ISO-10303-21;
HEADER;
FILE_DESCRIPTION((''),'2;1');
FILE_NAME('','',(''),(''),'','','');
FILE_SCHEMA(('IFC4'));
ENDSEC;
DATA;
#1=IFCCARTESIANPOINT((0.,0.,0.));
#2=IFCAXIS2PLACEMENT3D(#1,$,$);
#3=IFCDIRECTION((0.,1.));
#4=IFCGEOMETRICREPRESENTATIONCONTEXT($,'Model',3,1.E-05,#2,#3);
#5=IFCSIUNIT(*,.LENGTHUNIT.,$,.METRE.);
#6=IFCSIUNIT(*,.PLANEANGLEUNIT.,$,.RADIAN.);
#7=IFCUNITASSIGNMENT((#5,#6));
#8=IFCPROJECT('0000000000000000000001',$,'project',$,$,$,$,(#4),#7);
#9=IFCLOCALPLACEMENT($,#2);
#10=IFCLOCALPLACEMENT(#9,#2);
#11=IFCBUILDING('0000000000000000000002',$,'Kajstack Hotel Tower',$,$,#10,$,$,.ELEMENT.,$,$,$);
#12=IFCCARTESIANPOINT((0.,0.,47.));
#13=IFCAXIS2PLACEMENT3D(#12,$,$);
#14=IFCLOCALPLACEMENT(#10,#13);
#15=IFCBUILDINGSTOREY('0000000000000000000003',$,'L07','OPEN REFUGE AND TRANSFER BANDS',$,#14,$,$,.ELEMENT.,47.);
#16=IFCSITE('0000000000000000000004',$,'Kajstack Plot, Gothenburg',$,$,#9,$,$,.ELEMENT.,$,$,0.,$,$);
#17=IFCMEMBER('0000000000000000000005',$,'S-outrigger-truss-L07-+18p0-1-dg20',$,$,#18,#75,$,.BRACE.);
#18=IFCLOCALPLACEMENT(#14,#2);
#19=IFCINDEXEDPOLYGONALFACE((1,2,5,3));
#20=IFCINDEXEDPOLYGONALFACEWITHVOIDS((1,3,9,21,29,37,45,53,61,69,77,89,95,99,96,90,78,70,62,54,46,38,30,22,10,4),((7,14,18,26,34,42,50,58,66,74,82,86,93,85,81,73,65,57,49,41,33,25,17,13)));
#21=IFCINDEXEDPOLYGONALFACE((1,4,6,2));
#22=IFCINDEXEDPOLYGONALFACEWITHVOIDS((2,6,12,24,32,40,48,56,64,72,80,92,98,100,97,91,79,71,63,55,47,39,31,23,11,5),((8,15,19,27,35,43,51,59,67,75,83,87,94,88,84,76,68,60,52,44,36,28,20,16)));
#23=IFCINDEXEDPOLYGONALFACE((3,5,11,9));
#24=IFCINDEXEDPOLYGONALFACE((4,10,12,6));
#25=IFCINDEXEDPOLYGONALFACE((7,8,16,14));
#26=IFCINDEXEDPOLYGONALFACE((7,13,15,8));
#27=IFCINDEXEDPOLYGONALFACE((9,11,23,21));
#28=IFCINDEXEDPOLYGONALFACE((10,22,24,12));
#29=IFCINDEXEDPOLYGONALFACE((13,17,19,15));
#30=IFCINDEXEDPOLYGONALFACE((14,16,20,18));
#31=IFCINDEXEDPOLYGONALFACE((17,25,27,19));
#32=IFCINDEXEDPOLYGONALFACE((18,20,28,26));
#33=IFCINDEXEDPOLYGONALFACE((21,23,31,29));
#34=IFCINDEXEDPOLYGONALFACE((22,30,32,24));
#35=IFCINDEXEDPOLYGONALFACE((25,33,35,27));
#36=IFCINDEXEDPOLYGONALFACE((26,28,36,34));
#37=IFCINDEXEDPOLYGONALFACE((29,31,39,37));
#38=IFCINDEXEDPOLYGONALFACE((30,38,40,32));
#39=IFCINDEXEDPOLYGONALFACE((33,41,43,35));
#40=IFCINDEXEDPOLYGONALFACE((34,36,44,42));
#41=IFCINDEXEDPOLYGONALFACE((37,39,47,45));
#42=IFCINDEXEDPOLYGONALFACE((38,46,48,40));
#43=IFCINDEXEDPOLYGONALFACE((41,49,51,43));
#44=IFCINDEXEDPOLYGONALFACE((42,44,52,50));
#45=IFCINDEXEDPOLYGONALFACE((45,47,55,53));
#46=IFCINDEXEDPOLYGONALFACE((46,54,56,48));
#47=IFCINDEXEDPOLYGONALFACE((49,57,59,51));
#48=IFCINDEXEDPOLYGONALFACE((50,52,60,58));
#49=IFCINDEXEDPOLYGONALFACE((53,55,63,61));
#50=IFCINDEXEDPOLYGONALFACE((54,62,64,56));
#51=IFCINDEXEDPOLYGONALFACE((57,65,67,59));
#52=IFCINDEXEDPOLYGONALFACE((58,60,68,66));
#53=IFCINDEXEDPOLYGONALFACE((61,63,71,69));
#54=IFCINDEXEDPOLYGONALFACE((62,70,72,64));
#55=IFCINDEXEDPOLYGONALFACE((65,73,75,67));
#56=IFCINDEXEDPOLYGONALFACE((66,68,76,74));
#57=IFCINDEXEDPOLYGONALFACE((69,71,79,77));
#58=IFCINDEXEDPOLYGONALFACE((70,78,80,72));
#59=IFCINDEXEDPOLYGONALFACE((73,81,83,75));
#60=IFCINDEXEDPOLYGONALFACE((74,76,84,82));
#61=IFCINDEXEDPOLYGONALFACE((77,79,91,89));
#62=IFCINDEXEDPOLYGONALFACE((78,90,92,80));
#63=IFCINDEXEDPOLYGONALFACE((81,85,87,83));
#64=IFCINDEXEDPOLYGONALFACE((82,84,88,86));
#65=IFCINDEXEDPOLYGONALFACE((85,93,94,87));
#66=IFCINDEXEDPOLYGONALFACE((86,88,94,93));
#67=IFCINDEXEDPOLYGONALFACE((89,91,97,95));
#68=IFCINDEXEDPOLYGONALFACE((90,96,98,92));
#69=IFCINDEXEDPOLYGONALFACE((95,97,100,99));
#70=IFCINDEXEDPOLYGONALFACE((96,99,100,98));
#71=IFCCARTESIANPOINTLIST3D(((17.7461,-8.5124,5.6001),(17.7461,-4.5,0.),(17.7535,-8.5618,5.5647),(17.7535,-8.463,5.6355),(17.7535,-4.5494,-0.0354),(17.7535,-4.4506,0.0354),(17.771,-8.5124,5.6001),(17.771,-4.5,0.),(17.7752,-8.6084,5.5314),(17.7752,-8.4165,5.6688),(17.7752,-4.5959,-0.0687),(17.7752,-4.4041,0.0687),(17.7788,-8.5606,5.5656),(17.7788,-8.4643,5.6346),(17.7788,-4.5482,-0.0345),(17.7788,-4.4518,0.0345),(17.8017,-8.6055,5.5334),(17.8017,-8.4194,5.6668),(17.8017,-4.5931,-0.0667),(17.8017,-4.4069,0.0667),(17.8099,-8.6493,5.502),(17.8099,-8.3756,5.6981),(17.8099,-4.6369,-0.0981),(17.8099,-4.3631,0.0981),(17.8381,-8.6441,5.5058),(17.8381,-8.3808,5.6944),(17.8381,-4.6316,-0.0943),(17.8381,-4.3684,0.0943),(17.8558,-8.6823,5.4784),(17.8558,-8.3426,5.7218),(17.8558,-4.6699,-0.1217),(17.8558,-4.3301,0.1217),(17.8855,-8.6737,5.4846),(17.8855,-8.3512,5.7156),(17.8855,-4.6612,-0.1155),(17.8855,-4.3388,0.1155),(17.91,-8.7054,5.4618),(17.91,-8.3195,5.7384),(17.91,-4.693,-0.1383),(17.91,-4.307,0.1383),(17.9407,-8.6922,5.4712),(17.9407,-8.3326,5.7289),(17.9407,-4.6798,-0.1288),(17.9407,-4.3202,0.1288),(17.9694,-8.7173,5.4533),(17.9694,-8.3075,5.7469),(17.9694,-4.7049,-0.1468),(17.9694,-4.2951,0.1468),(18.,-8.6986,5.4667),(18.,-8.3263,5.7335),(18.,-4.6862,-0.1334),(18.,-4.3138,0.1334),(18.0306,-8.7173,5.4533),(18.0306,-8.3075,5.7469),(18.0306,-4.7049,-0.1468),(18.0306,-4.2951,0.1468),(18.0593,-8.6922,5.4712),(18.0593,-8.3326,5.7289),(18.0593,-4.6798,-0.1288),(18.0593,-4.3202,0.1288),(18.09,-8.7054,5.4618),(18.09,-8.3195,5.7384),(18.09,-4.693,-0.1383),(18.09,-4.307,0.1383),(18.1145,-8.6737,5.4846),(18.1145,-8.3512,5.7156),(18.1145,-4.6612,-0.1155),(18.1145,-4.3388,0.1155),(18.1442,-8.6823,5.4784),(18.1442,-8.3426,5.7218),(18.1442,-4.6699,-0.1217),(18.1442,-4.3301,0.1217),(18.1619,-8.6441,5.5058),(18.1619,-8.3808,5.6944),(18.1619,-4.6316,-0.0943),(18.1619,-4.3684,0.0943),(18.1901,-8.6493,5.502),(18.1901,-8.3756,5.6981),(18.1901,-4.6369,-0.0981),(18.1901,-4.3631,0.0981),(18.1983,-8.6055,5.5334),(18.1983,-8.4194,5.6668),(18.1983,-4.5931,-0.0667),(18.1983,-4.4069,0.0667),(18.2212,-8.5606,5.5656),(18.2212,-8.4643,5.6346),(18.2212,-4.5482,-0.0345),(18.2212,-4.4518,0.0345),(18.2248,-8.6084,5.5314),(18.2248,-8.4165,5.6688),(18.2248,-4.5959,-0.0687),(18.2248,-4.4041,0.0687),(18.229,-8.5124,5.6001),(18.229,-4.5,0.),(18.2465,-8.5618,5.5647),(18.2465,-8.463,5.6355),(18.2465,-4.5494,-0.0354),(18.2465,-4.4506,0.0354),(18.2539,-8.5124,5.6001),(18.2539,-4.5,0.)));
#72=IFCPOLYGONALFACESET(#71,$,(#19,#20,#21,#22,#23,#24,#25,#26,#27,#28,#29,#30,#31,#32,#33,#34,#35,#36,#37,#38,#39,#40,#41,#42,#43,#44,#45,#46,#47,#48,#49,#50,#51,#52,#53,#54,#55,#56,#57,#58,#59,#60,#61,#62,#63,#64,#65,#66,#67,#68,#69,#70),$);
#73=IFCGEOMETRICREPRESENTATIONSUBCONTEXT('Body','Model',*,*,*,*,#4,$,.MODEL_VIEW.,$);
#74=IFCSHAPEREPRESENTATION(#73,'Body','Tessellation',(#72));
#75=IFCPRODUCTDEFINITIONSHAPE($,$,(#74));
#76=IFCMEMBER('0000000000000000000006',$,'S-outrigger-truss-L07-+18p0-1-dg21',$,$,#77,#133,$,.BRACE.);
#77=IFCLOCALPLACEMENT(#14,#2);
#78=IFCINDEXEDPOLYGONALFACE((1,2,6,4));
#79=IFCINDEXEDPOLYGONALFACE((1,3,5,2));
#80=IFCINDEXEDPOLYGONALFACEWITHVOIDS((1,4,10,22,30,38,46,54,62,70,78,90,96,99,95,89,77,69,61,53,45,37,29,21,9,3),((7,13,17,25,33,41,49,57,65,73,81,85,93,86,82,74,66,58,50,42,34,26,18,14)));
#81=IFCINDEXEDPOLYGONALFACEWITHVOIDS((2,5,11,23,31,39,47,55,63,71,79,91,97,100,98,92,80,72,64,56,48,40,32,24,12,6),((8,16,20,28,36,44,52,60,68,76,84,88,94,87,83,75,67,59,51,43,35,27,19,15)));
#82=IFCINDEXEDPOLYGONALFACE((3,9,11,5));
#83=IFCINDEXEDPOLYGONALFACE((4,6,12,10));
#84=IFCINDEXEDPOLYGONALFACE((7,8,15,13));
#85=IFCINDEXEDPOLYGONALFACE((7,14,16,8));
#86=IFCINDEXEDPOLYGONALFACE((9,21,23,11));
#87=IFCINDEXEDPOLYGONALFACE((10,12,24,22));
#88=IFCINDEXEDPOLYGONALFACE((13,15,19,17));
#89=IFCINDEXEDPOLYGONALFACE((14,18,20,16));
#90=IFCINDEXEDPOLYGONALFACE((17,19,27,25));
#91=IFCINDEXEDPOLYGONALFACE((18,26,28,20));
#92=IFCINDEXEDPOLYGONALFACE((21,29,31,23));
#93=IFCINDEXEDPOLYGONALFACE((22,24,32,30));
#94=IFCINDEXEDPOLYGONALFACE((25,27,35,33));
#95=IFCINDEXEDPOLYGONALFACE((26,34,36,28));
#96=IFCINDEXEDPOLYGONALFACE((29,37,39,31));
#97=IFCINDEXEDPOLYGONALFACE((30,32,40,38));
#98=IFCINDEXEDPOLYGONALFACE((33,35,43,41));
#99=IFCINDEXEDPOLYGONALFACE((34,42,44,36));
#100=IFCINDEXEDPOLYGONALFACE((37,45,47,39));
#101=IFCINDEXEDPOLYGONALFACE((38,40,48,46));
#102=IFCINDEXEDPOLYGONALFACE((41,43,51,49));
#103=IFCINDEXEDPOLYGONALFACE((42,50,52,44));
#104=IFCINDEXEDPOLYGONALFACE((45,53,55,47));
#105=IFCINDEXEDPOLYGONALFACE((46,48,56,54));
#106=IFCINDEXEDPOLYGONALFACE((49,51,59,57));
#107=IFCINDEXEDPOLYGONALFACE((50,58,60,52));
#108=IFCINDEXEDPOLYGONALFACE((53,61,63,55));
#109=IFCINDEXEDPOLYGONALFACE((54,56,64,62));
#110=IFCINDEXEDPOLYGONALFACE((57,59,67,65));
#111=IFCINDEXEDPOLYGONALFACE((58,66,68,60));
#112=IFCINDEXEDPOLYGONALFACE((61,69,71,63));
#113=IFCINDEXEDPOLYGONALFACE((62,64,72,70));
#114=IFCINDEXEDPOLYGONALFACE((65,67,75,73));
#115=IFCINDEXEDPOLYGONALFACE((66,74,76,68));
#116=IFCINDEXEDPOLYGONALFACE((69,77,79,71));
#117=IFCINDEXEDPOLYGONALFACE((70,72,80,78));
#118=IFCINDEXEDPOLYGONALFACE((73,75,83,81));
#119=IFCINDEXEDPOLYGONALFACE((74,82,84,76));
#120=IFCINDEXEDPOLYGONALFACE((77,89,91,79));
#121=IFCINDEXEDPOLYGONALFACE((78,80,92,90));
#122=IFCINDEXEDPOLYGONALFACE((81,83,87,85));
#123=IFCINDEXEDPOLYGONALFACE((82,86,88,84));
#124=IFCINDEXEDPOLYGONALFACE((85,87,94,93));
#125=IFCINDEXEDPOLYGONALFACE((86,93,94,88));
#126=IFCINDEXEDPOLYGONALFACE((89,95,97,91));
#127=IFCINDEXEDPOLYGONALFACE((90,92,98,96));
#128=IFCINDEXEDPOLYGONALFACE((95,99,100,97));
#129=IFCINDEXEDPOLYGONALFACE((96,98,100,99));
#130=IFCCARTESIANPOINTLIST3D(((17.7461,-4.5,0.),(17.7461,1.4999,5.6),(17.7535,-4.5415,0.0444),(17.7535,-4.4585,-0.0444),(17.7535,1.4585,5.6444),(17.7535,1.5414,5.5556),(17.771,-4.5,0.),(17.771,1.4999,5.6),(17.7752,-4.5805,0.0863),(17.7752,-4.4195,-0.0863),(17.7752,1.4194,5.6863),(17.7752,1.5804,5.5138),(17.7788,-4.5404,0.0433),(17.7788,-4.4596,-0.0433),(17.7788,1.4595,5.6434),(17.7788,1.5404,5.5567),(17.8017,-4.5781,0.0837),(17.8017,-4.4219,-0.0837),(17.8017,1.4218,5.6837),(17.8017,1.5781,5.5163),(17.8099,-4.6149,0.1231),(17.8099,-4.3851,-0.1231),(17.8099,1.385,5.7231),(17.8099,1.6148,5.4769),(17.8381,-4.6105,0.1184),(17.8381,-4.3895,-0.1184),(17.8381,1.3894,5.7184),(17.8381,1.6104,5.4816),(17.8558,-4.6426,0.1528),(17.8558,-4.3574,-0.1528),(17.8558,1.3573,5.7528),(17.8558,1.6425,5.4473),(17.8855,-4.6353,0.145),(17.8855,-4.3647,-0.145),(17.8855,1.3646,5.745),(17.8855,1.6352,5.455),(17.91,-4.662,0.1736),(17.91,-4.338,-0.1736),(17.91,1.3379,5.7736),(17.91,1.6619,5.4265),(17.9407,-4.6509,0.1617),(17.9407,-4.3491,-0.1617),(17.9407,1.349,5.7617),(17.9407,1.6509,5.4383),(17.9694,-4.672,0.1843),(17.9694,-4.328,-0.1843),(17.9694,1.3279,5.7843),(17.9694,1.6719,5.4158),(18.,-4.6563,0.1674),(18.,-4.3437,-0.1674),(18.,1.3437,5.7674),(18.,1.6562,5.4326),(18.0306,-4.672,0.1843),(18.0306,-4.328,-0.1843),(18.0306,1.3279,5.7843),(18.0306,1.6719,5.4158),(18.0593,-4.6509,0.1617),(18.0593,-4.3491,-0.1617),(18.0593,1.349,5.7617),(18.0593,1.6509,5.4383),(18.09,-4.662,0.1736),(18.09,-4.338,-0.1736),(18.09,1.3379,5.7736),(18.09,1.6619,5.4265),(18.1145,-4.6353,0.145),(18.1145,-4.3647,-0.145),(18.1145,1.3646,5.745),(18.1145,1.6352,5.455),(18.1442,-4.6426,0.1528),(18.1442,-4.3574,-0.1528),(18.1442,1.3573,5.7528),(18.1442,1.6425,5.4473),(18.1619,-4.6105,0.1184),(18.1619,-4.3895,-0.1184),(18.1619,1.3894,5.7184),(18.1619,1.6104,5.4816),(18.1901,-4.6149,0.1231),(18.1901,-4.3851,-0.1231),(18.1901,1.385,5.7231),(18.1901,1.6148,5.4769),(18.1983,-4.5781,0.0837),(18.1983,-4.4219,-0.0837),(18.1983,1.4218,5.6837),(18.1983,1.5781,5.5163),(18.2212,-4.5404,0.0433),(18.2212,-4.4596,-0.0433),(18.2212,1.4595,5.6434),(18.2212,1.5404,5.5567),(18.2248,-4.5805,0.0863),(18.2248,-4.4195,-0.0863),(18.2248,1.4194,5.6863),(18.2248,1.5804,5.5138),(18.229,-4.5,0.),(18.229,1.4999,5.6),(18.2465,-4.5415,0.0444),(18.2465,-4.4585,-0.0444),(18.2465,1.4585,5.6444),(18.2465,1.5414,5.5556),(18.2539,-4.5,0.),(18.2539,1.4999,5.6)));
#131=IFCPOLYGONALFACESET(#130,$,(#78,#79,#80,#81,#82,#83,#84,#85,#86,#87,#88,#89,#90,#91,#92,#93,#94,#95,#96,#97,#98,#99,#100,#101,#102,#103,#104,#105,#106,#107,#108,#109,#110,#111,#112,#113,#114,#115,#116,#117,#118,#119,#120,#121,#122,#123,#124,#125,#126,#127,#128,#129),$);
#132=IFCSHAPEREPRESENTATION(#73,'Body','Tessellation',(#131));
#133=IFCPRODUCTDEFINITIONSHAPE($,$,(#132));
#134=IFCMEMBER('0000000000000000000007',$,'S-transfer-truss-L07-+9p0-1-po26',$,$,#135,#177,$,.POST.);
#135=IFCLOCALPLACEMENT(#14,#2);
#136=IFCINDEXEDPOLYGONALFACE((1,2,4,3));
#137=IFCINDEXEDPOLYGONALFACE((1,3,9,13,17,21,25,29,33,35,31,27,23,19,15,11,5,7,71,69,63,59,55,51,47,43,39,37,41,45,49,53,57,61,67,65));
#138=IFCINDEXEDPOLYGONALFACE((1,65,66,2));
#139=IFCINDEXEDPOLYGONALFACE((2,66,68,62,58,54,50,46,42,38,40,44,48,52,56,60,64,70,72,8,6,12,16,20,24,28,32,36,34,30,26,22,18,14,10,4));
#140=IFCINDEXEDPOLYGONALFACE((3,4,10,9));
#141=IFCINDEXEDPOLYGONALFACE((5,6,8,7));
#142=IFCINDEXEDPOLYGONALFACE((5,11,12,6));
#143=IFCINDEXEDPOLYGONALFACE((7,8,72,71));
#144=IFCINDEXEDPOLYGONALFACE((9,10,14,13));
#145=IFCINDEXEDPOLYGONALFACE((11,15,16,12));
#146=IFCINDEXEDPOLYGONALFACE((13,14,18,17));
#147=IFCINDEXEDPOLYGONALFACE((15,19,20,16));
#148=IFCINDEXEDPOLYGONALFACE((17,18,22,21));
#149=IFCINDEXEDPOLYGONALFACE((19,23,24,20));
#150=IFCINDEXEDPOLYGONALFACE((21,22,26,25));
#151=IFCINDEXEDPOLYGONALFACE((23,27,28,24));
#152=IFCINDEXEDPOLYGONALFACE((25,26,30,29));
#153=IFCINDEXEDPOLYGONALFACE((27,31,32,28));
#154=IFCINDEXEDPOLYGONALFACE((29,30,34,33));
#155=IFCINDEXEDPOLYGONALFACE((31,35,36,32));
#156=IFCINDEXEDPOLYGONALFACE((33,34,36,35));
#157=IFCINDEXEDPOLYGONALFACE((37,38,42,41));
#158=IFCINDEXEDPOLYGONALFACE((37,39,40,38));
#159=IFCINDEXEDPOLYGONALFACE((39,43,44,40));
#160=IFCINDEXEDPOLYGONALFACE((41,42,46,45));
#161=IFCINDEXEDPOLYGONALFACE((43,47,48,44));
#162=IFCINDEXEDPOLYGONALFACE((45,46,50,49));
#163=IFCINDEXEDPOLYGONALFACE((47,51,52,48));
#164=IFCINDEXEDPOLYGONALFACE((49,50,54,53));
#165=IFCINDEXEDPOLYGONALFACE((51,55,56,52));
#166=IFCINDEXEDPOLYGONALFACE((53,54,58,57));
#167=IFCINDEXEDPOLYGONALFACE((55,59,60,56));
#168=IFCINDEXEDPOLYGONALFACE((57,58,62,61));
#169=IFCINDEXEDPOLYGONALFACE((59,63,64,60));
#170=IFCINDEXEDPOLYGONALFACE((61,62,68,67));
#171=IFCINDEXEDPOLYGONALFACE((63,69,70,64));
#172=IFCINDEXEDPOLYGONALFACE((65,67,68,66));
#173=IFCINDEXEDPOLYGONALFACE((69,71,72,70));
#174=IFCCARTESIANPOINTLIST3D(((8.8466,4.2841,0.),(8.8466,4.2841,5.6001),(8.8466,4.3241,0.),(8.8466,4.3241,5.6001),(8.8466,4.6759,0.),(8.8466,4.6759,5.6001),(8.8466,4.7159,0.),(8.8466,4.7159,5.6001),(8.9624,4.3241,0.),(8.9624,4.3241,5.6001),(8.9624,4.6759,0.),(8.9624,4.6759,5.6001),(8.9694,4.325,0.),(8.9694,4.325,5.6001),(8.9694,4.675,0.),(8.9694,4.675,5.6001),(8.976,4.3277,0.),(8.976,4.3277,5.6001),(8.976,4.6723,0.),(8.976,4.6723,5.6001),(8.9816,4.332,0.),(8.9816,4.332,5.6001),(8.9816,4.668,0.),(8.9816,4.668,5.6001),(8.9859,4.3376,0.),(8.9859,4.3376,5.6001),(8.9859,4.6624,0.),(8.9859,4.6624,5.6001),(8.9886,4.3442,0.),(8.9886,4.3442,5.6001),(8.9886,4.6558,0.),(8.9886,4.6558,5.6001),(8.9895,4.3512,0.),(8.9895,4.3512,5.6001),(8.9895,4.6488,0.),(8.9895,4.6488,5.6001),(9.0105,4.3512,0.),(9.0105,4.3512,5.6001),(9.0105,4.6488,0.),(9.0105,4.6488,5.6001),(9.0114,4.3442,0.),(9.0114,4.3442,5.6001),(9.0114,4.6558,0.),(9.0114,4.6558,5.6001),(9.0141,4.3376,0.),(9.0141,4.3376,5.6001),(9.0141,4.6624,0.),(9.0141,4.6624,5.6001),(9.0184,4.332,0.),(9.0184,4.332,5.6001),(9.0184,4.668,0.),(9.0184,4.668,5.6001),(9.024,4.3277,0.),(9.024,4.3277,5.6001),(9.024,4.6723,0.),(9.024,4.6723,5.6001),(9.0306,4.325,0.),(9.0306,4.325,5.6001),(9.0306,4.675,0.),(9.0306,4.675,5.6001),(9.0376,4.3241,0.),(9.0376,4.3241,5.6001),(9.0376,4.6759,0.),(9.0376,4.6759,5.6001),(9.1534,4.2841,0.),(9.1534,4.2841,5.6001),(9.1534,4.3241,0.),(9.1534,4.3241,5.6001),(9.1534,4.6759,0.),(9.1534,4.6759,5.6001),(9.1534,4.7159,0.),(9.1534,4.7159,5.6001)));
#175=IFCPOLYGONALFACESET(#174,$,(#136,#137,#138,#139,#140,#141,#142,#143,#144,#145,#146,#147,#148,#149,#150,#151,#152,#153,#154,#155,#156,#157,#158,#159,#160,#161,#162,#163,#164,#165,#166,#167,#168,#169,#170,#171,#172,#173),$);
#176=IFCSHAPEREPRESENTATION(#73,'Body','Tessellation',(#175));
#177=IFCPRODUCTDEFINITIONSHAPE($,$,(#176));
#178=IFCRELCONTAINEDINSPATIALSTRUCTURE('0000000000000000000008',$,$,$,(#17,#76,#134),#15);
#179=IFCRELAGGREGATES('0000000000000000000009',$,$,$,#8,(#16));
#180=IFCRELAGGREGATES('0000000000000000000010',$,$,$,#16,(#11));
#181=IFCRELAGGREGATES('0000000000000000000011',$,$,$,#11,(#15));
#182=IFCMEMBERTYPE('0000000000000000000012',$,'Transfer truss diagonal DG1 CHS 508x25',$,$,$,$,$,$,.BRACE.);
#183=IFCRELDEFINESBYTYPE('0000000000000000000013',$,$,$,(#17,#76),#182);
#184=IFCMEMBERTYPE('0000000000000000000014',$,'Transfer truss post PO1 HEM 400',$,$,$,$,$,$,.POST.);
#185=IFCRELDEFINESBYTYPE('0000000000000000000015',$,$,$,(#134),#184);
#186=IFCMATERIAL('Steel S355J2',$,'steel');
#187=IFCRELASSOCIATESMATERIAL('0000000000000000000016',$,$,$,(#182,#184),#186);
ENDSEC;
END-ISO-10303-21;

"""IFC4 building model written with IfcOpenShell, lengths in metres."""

from ifc_helpers import new_model, si_unit, direction, frame, origin, origin_2d, place, context, subcontext, project, spatial, hollow_circle, i_section, extrude, material, material_profile, profile_set, type_object, element, save


model = new_model("IFC4")

# Units and contexts
model_context = context("Model", 3, precision=1e-05, world=origin(), true_north=direction((0.0, 1.0)))
body_context = subcontext(model_context, "Body", "Model", "MODEL_VIEW")
ifc_project = project(units=[si_unit("LENGTHUNIT", "METRE"), si_unit("PLANEANGLEUNIT", "RADIAN")], contexts=[model_context])

# Site, building, storey
site_placement = place(None, origin())
site = spatial("IfcSite", under=ifc_project, at=site_placement, Name="Kajstack Plot, Gothenburg", CompositionType="ELEMENT", RefElevation=0.0)
building_placement = place(site_placement, origin())
building = spatial("IfcBuilding", under=site, at=building_placement, Name="Kajstack Hotel Tower", CompositionType="ELEMENT")
storey_placement = place(building_placement, frame((0.0, 0.0, 47.0)))
storey = spatial("IfcBuildingStorey", under=building, at=storey_placement, Name="L07", Description="OPEN REFUGE AND TRANSFER BANDS", CompositionType="ELEMENT", Elevation=47.0)

# Members
ifc_material_1 = material(Name="Steel S355J2", Category="steel")
ifc_material_profile_1 = material_profile(ifc_material_1, hollow_circle(Radius=0.2539, WallThickness=0.0249, at=origin_2d()), Name="CHS 508x25")
ifc_profile_set_1 = profile_set([ifc_material_profile_1], Name="Steel S355J2")
member_type_1 = type_object("IfcMemberType", Name="Transfer truss diagonal DG1 CHS 508x25", PredefinedType="BRACE", material=ifc_profile_set_1)
for number, where, z_axis, x_axis, name in (
    (1, (18.0, -4.5, 0.0), (0.0, -0.582428, 0.812883), (1.0, 0.0, 0.0), "S-outrigger-truss-L07-+18p0-1-dg20"),
):
    element("IfcMember", number, at=place(storey_placement, frame(where, z_axis=z_axis, x_axis=x_axis)), inside=storey, type_object=member_type_1, Name=name, PredefinedType="BRACE", context=body_context, shape_type="SweptSolid", body=[
        extrude(hollow_circle(Radius=0.2539, WallThickness=0.0249, at=origin_2d()), origin(), (0.0, 0.0, 1.0), 6.8892),
    ])
member_1_placement = place(storey_placement, frame((18.0, -4.5, 0.0), z_axis=(0.0, 0.731049, 0.682325), x_axis=(-1.0, 0.0, 0.0)))
element("IfcMember", 2, at=member_1_placement, inside=storey, type_object=member_type_1, Name="S-outrigger-truss-L07-+18p0-1-dg21", PredefinedType="BRACE", context=body_context, shape_type="SweptSolid", body=[
    extrude(hollow_circle(Radius=0.2539, WallThickness=0.0249, at=origin_2d()), origin(), (0.0, 0.0, 1.0), 8.2073),
])
ifc_material_profile_2 = material_profile(ifc_material_1, i_section(OverallWidth=0.3069, OverallDepth=0.4319, WebThickness=0.021, FlangeThickness=0.04, FilletRadius=0.0271, at=origin_2d()), Name="HEM 400")
ifc_profile_set_2 = profile_set([ifc_material_profile_2], Name="Steel S355J2")
member_type_2 = type_object("IfcMemberType", Name="Transfer truss post PO1 HEM 400", PredefinedType="POST", material=ifc_profile_set_2)
for number, where, z_axis, x_axis, name in (
    (3, (9.0, 4.5, 0.0), (0.0, 0.0, 1.0), (1.0, 0.0, 0.0), "S-transfer-truss-L07-+9p0-1-po26"),
):
    element("IfcMember", number, at=place(storey_placement, frame(where, z_axis=z_axis, x_axis=x_axis)), inside=storey, type_object=member_type_2, Name=name, PredefinedType="POST", context=body_context, shape_type="SweptSolid", body=[
        extrude(i_section(OverallWidth=0.3069, OverallDepth=0.4319, WebThickness=0.021, FlangeThickness=0.04, FilletRadius=0.0271, at=origin_2d()), origin(), (0.0, 0.0, 1.0), 5.6001),
    ])

save(model, "model.ifc")
